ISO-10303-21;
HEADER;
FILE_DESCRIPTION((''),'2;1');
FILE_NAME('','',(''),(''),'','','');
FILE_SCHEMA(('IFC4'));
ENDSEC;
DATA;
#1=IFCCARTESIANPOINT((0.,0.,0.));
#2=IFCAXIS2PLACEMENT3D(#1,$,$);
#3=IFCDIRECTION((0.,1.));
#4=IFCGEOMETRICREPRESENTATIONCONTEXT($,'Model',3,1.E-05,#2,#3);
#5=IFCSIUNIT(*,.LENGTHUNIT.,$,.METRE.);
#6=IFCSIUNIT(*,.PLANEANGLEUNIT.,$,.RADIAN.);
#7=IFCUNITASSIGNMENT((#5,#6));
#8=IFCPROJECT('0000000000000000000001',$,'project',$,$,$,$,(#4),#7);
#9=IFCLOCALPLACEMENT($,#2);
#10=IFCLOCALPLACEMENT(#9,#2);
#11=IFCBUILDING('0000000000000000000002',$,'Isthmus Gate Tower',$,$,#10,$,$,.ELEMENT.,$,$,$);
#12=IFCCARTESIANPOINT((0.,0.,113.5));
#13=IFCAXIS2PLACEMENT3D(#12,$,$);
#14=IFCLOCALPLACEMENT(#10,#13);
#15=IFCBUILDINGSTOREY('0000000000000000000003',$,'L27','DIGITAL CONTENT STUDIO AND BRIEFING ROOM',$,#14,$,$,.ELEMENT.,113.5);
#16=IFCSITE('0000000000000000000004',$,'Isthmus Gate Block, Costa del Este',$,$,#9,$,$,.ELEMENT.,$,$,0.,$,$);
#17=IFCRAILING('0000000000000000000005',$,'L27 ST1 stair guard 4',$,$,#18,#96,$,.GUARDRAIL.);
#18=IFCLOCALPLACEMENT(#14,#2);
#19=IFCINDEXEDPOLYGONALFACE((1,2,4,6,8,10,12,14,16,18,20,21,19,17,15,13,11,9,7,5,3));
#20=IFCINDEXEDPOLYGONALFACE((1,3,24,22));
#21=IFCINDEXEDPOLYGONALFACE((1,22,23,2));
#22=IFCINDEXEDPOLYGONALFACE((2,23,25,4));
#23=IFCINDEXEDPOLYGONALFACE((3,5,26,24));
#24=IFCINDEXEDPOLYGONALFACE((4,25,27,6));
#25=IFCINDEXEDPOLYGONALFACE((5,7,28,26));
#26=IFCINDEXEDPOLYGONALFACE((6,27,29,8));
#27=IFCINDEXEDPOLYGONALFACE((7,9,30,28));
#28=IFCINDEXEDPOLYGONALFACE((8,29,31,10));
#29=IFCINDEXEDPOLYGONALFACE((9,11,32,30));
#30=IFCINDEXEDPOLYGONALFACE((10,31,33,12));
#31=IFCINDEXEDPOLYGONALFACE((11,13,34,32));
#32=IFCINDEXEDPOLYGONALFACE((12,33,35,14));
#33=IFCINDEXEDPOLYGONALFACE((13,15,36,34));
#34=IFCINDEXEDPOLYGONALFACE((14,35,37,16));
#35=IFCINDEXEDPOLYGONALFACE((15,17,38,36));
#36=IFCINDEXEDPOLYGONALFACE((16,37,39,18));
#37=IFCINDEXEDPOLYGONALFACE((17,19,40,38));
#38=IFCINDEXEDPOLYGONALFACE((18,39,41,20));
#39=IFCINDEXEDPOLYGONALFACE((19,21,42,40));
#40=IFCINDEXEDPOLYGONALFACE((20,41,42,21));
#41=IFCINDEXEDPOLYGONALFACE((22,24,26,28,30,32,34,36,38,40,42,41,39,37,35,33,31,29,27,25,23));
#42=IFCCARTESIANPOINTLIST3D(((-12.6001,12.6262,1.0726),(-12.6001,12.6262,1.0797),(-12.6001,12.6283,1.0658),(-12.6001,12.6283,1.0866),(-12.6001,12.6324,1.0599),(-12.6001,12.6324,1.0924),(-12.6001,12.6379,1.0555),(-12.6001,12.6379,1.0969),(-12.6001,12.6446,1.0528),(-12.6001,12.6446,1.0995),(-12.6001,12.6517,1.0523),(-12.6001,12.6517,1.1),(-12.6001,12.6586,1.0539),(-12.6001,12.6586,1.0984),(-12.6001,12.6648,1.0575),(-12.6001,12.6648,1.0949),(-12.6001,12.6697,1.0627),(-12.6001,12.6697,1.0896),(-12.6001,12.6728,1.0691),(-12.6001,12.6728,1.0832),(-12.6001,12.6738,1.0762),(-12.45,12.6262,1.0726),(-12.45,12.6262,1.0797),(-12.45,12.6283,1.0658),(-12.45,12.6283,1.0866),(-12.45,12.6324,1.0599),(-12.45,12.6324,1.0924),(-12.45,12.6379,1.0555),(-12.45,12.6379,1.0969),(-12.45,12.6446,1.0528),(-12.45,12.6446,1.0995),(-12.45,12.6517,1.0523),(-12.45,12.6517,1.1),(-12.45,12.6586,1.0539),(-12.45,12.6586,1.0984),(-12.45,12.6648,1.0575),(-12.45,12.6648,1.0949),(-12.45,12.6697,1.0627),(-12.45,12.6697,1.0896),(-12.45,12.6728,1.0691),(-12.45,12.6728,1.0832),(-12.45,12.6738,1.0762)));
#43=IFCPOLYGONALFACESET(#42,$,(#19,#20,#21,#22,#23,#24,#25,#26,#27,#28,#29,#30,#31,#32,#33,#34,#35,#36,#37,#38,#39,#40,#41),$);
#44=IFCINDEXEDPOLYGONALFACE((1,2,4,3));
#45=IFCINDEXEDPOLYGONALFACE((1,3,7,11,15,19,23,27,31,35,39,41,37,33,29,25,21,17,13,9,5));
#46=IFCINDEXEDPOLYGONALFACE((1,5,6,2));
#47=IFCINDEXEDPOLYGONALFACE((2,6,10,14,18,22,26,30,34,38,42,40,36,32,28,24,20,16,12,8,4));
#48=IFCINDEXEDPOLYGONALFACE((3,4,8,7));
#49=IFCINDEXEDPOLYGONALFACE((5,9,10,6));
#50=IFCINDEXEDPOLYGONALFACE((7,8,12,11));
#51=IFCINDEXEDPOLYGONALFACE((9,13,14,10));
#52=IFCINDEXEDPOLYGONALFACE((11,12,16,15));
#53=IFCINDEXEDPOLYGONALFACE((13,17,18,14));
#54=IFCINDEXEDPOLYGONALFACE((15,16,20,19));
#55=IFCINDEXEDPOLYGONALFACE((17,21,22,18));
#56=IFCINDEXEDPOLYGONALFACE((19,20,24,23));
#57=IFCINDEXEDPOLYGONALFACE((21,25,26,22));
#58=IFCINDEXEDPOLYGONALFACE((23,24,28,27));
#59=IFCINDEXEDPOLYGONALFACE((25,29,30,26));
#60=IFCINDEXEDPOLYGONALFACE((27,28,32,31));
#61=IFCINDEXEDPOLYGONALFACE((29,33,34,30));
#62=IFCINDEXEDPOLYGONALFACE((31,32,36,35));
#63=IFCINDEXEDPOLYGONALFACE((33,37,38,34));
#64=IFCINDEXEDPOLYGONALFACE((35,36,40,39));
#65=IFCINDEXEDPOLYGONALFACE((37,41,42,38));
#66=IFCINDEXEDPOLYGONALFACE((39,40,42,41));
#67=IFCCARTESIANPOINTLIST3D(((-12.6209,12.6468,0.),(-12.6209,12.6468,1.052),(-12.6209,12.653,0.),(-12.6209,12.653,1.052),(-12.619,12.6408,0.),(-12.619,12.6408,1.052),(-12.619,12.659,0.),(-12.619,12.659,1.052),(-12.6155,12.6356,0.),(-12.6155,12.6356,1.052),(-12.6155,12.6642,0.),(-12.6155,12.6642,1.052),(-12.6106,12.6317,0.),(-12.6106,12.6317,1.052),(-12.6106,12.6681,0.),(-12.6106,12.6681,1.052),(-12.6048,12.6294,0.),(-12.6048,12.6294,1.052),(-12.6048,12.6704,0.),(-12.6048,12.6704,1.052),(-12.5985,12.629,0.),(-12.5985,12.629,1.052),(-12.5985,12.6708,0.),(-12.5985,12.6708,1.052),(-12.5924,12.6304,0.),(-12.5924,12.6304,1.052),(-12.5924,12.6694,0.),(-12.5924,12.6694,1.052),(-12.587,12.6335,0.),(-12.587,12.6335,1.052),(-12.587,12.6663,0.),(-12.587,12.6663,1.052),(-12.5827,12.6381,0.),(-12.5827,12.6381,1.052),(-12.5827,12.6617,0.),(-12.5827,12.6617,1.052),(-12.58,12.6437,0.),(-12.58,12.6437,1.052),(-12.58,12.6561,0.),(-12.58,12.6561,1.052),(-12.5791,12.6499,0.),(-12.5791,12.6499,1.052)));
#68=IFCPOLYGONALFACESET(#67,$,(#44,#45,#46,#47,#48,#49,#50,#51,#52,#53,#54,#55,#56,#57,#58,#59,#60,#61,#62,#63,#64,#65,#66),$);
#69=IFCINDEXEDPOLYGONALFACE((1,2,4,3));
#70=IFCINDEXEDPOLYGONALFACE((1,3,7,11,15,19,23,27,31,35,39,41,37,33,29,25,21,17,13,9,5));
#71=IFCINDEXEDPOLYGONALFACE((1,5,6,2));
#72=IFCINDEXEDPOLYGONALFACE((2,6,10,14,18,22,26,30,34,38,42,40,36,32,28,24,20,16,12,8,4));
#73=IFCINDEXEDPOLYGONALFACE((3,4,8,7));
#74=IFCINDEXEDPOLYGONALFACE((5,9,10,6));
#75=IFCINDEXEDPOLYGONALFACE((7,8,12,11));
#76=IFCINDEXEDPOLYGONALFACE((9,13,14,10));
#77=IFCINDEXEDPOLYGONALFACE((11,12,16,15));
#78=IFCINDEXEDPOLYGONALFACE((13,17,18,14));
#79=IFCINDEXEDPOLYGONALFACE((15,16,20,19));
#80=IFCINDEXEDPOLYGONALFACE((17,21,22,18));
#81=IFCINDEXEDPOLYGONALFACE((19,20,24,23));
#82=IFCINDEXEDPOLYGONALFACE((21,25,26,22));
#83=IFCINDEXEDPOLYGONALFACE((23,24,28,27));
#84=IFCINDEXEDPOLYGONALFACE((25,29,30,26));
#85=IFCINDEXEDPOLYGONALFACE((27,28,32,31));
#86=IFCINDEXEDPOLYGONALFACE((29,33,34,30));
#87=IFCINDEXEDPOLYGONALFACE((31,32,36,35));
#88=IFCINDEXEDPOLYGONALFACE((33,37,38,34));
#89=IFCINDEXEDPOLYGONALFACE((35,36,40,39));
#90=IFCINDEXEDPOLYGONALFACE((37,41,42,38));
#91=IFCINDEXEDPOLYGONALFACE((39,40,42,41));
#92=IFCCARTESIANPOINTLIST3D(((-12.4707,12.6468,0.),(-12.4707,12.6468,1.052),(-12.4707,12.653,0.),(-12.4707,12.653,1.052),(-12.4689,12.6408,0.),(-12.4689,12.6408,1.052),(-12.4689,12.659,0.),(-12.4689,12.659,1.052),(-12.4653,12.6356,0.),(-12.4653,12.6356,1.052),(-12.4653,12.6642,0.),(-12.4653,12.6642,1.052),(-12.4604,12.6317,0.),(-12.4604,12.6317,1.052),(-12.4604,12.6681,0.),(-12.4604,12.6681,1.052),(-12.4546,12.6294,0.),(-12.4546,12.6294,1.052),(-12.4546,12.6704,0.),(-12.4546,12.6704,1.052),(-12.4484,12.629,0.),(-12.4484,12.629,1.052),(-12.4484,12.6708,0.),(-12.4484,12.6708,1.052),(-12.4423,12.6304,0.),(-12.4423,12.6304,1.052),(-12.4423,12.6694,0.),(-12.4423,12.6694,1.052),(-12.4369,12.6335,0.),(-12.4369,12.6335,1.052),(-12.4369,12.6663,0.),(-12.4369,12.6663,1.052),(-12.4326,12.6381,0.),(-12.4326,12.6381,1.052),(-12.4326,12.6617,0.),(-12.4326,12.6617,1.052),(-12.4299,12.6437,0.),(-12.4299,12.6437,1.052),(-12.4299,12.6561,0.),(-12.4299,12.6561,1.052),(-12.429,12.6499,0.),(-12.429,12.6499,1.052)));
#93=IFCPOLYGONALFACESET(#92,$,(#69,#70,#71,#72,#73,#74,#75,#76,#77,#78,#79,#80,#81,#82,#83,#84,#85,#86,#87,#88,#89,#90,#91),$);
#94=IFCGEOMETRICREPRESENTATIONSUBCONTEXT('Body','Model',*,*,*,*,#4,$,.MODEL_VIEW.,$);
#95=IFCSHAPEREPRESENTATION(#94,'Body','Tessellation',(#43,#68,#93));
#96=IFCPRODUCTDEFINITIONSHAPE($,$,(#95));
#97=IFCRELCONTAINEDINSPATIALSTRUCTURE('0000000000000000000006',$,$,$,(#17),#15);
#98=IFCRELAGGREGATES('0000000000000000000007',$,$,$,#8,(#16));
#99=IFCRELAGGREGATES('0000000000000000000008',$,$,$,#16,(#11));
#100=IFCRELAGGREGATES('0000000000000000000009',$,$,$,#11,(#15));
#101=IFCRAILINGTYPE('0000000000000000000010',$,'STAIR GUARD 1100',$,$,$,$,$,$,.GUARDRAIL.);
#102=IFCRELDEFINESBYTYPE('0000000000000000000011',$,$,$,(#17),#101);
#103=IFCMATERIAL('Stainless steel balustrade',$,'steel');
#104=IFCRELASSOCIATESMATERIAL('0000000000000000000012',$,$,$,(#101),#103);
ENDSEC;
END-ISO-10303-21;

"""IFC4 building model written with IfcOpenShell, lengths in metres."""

from ifc_helpers import new_model, si_unit, direction, frame, origin, origin_2d, place, context, subcontext, project, spatial, circle, extrude, material, type_object, element, save


model = new_model("IFC4")

# Units and contexts
model_context = context("Model", 3, precision=1e-05, world=origin(), true_north=direction((0.0, 1.0)))
body_context = subcontext(model_context, "Body", "Model", "MODEL_VIEW")
ifc_project = project(units=[si_unit("LENGTHUNIT", "METRE"), si_unit("PLANEANGLEUNIT", "RADIAN")], contexts=[model_context])

# Site, building, storey
site_placement = place(None, origin())
site = spatial("IfcSite", under=ifc_project, at=site_placement, Name="Isthmus Gate Block, Costa del Este", CompositionType="ELEMENT", RefElevation=0.0)
building_placement = place(site_placement, origin())
building = spatial("IfcBuilding", under=site, at=building_placement, Name="Isthmus Gate Tower", CompositionType="ELEMENT")
storey_placement = place(building_placement, frame((0.0, 0.0, 113.5)))
storey = spatial("IfcBuildingStorey", under=building, at=storey_placement, Name="L27", Description="DIGITAL CONTENT STUDIO AND BRIEFING ROOM", CompositionType="ELEMENT", Elevation=113.5)

# Railing
ifc_material_1 = material(Name="Stainless steel balustrade", Category="steel")
railing_type_1 = type_object("IfcRailingType", Name="STAIR GUARD 1100", PredefinedType="GUARDRAIL", material=ifc_material_1)
railing_1_placement = place(storey_placement, frame((-12.6001, 12.6499, 0.0)))
element("IfcRailing", 1, at=railing_1_placement, inside=storey, type_object=railing_type_1, Name="L27 ST1 stair guard 4", PredefinedType="GUARDRAIL", context=body_context, shape_type="SweptSolid", body=[
    extrude(circle(Radius=0.0239, at=origin_2d()), frame((0.0, 0.0, 1.0762), z_axis=(1.0, 0.0, 0.0), x_axis=(0.0, 1.0, 0.0)), (0.0, 0.0, 1.0), 0.1501),
    extrude(circle(Radius=0.021, at=origin_2d()), origin(), (0.0, 0.0, 1.0), 1.052),
    extrude(circle(Radius=0.021, at=origin_2d()), frame((0.1501, 0.0, 0.0)), (0.0, 0.0, 1.0), 1.052),
])

save(model, "model.ifc")
